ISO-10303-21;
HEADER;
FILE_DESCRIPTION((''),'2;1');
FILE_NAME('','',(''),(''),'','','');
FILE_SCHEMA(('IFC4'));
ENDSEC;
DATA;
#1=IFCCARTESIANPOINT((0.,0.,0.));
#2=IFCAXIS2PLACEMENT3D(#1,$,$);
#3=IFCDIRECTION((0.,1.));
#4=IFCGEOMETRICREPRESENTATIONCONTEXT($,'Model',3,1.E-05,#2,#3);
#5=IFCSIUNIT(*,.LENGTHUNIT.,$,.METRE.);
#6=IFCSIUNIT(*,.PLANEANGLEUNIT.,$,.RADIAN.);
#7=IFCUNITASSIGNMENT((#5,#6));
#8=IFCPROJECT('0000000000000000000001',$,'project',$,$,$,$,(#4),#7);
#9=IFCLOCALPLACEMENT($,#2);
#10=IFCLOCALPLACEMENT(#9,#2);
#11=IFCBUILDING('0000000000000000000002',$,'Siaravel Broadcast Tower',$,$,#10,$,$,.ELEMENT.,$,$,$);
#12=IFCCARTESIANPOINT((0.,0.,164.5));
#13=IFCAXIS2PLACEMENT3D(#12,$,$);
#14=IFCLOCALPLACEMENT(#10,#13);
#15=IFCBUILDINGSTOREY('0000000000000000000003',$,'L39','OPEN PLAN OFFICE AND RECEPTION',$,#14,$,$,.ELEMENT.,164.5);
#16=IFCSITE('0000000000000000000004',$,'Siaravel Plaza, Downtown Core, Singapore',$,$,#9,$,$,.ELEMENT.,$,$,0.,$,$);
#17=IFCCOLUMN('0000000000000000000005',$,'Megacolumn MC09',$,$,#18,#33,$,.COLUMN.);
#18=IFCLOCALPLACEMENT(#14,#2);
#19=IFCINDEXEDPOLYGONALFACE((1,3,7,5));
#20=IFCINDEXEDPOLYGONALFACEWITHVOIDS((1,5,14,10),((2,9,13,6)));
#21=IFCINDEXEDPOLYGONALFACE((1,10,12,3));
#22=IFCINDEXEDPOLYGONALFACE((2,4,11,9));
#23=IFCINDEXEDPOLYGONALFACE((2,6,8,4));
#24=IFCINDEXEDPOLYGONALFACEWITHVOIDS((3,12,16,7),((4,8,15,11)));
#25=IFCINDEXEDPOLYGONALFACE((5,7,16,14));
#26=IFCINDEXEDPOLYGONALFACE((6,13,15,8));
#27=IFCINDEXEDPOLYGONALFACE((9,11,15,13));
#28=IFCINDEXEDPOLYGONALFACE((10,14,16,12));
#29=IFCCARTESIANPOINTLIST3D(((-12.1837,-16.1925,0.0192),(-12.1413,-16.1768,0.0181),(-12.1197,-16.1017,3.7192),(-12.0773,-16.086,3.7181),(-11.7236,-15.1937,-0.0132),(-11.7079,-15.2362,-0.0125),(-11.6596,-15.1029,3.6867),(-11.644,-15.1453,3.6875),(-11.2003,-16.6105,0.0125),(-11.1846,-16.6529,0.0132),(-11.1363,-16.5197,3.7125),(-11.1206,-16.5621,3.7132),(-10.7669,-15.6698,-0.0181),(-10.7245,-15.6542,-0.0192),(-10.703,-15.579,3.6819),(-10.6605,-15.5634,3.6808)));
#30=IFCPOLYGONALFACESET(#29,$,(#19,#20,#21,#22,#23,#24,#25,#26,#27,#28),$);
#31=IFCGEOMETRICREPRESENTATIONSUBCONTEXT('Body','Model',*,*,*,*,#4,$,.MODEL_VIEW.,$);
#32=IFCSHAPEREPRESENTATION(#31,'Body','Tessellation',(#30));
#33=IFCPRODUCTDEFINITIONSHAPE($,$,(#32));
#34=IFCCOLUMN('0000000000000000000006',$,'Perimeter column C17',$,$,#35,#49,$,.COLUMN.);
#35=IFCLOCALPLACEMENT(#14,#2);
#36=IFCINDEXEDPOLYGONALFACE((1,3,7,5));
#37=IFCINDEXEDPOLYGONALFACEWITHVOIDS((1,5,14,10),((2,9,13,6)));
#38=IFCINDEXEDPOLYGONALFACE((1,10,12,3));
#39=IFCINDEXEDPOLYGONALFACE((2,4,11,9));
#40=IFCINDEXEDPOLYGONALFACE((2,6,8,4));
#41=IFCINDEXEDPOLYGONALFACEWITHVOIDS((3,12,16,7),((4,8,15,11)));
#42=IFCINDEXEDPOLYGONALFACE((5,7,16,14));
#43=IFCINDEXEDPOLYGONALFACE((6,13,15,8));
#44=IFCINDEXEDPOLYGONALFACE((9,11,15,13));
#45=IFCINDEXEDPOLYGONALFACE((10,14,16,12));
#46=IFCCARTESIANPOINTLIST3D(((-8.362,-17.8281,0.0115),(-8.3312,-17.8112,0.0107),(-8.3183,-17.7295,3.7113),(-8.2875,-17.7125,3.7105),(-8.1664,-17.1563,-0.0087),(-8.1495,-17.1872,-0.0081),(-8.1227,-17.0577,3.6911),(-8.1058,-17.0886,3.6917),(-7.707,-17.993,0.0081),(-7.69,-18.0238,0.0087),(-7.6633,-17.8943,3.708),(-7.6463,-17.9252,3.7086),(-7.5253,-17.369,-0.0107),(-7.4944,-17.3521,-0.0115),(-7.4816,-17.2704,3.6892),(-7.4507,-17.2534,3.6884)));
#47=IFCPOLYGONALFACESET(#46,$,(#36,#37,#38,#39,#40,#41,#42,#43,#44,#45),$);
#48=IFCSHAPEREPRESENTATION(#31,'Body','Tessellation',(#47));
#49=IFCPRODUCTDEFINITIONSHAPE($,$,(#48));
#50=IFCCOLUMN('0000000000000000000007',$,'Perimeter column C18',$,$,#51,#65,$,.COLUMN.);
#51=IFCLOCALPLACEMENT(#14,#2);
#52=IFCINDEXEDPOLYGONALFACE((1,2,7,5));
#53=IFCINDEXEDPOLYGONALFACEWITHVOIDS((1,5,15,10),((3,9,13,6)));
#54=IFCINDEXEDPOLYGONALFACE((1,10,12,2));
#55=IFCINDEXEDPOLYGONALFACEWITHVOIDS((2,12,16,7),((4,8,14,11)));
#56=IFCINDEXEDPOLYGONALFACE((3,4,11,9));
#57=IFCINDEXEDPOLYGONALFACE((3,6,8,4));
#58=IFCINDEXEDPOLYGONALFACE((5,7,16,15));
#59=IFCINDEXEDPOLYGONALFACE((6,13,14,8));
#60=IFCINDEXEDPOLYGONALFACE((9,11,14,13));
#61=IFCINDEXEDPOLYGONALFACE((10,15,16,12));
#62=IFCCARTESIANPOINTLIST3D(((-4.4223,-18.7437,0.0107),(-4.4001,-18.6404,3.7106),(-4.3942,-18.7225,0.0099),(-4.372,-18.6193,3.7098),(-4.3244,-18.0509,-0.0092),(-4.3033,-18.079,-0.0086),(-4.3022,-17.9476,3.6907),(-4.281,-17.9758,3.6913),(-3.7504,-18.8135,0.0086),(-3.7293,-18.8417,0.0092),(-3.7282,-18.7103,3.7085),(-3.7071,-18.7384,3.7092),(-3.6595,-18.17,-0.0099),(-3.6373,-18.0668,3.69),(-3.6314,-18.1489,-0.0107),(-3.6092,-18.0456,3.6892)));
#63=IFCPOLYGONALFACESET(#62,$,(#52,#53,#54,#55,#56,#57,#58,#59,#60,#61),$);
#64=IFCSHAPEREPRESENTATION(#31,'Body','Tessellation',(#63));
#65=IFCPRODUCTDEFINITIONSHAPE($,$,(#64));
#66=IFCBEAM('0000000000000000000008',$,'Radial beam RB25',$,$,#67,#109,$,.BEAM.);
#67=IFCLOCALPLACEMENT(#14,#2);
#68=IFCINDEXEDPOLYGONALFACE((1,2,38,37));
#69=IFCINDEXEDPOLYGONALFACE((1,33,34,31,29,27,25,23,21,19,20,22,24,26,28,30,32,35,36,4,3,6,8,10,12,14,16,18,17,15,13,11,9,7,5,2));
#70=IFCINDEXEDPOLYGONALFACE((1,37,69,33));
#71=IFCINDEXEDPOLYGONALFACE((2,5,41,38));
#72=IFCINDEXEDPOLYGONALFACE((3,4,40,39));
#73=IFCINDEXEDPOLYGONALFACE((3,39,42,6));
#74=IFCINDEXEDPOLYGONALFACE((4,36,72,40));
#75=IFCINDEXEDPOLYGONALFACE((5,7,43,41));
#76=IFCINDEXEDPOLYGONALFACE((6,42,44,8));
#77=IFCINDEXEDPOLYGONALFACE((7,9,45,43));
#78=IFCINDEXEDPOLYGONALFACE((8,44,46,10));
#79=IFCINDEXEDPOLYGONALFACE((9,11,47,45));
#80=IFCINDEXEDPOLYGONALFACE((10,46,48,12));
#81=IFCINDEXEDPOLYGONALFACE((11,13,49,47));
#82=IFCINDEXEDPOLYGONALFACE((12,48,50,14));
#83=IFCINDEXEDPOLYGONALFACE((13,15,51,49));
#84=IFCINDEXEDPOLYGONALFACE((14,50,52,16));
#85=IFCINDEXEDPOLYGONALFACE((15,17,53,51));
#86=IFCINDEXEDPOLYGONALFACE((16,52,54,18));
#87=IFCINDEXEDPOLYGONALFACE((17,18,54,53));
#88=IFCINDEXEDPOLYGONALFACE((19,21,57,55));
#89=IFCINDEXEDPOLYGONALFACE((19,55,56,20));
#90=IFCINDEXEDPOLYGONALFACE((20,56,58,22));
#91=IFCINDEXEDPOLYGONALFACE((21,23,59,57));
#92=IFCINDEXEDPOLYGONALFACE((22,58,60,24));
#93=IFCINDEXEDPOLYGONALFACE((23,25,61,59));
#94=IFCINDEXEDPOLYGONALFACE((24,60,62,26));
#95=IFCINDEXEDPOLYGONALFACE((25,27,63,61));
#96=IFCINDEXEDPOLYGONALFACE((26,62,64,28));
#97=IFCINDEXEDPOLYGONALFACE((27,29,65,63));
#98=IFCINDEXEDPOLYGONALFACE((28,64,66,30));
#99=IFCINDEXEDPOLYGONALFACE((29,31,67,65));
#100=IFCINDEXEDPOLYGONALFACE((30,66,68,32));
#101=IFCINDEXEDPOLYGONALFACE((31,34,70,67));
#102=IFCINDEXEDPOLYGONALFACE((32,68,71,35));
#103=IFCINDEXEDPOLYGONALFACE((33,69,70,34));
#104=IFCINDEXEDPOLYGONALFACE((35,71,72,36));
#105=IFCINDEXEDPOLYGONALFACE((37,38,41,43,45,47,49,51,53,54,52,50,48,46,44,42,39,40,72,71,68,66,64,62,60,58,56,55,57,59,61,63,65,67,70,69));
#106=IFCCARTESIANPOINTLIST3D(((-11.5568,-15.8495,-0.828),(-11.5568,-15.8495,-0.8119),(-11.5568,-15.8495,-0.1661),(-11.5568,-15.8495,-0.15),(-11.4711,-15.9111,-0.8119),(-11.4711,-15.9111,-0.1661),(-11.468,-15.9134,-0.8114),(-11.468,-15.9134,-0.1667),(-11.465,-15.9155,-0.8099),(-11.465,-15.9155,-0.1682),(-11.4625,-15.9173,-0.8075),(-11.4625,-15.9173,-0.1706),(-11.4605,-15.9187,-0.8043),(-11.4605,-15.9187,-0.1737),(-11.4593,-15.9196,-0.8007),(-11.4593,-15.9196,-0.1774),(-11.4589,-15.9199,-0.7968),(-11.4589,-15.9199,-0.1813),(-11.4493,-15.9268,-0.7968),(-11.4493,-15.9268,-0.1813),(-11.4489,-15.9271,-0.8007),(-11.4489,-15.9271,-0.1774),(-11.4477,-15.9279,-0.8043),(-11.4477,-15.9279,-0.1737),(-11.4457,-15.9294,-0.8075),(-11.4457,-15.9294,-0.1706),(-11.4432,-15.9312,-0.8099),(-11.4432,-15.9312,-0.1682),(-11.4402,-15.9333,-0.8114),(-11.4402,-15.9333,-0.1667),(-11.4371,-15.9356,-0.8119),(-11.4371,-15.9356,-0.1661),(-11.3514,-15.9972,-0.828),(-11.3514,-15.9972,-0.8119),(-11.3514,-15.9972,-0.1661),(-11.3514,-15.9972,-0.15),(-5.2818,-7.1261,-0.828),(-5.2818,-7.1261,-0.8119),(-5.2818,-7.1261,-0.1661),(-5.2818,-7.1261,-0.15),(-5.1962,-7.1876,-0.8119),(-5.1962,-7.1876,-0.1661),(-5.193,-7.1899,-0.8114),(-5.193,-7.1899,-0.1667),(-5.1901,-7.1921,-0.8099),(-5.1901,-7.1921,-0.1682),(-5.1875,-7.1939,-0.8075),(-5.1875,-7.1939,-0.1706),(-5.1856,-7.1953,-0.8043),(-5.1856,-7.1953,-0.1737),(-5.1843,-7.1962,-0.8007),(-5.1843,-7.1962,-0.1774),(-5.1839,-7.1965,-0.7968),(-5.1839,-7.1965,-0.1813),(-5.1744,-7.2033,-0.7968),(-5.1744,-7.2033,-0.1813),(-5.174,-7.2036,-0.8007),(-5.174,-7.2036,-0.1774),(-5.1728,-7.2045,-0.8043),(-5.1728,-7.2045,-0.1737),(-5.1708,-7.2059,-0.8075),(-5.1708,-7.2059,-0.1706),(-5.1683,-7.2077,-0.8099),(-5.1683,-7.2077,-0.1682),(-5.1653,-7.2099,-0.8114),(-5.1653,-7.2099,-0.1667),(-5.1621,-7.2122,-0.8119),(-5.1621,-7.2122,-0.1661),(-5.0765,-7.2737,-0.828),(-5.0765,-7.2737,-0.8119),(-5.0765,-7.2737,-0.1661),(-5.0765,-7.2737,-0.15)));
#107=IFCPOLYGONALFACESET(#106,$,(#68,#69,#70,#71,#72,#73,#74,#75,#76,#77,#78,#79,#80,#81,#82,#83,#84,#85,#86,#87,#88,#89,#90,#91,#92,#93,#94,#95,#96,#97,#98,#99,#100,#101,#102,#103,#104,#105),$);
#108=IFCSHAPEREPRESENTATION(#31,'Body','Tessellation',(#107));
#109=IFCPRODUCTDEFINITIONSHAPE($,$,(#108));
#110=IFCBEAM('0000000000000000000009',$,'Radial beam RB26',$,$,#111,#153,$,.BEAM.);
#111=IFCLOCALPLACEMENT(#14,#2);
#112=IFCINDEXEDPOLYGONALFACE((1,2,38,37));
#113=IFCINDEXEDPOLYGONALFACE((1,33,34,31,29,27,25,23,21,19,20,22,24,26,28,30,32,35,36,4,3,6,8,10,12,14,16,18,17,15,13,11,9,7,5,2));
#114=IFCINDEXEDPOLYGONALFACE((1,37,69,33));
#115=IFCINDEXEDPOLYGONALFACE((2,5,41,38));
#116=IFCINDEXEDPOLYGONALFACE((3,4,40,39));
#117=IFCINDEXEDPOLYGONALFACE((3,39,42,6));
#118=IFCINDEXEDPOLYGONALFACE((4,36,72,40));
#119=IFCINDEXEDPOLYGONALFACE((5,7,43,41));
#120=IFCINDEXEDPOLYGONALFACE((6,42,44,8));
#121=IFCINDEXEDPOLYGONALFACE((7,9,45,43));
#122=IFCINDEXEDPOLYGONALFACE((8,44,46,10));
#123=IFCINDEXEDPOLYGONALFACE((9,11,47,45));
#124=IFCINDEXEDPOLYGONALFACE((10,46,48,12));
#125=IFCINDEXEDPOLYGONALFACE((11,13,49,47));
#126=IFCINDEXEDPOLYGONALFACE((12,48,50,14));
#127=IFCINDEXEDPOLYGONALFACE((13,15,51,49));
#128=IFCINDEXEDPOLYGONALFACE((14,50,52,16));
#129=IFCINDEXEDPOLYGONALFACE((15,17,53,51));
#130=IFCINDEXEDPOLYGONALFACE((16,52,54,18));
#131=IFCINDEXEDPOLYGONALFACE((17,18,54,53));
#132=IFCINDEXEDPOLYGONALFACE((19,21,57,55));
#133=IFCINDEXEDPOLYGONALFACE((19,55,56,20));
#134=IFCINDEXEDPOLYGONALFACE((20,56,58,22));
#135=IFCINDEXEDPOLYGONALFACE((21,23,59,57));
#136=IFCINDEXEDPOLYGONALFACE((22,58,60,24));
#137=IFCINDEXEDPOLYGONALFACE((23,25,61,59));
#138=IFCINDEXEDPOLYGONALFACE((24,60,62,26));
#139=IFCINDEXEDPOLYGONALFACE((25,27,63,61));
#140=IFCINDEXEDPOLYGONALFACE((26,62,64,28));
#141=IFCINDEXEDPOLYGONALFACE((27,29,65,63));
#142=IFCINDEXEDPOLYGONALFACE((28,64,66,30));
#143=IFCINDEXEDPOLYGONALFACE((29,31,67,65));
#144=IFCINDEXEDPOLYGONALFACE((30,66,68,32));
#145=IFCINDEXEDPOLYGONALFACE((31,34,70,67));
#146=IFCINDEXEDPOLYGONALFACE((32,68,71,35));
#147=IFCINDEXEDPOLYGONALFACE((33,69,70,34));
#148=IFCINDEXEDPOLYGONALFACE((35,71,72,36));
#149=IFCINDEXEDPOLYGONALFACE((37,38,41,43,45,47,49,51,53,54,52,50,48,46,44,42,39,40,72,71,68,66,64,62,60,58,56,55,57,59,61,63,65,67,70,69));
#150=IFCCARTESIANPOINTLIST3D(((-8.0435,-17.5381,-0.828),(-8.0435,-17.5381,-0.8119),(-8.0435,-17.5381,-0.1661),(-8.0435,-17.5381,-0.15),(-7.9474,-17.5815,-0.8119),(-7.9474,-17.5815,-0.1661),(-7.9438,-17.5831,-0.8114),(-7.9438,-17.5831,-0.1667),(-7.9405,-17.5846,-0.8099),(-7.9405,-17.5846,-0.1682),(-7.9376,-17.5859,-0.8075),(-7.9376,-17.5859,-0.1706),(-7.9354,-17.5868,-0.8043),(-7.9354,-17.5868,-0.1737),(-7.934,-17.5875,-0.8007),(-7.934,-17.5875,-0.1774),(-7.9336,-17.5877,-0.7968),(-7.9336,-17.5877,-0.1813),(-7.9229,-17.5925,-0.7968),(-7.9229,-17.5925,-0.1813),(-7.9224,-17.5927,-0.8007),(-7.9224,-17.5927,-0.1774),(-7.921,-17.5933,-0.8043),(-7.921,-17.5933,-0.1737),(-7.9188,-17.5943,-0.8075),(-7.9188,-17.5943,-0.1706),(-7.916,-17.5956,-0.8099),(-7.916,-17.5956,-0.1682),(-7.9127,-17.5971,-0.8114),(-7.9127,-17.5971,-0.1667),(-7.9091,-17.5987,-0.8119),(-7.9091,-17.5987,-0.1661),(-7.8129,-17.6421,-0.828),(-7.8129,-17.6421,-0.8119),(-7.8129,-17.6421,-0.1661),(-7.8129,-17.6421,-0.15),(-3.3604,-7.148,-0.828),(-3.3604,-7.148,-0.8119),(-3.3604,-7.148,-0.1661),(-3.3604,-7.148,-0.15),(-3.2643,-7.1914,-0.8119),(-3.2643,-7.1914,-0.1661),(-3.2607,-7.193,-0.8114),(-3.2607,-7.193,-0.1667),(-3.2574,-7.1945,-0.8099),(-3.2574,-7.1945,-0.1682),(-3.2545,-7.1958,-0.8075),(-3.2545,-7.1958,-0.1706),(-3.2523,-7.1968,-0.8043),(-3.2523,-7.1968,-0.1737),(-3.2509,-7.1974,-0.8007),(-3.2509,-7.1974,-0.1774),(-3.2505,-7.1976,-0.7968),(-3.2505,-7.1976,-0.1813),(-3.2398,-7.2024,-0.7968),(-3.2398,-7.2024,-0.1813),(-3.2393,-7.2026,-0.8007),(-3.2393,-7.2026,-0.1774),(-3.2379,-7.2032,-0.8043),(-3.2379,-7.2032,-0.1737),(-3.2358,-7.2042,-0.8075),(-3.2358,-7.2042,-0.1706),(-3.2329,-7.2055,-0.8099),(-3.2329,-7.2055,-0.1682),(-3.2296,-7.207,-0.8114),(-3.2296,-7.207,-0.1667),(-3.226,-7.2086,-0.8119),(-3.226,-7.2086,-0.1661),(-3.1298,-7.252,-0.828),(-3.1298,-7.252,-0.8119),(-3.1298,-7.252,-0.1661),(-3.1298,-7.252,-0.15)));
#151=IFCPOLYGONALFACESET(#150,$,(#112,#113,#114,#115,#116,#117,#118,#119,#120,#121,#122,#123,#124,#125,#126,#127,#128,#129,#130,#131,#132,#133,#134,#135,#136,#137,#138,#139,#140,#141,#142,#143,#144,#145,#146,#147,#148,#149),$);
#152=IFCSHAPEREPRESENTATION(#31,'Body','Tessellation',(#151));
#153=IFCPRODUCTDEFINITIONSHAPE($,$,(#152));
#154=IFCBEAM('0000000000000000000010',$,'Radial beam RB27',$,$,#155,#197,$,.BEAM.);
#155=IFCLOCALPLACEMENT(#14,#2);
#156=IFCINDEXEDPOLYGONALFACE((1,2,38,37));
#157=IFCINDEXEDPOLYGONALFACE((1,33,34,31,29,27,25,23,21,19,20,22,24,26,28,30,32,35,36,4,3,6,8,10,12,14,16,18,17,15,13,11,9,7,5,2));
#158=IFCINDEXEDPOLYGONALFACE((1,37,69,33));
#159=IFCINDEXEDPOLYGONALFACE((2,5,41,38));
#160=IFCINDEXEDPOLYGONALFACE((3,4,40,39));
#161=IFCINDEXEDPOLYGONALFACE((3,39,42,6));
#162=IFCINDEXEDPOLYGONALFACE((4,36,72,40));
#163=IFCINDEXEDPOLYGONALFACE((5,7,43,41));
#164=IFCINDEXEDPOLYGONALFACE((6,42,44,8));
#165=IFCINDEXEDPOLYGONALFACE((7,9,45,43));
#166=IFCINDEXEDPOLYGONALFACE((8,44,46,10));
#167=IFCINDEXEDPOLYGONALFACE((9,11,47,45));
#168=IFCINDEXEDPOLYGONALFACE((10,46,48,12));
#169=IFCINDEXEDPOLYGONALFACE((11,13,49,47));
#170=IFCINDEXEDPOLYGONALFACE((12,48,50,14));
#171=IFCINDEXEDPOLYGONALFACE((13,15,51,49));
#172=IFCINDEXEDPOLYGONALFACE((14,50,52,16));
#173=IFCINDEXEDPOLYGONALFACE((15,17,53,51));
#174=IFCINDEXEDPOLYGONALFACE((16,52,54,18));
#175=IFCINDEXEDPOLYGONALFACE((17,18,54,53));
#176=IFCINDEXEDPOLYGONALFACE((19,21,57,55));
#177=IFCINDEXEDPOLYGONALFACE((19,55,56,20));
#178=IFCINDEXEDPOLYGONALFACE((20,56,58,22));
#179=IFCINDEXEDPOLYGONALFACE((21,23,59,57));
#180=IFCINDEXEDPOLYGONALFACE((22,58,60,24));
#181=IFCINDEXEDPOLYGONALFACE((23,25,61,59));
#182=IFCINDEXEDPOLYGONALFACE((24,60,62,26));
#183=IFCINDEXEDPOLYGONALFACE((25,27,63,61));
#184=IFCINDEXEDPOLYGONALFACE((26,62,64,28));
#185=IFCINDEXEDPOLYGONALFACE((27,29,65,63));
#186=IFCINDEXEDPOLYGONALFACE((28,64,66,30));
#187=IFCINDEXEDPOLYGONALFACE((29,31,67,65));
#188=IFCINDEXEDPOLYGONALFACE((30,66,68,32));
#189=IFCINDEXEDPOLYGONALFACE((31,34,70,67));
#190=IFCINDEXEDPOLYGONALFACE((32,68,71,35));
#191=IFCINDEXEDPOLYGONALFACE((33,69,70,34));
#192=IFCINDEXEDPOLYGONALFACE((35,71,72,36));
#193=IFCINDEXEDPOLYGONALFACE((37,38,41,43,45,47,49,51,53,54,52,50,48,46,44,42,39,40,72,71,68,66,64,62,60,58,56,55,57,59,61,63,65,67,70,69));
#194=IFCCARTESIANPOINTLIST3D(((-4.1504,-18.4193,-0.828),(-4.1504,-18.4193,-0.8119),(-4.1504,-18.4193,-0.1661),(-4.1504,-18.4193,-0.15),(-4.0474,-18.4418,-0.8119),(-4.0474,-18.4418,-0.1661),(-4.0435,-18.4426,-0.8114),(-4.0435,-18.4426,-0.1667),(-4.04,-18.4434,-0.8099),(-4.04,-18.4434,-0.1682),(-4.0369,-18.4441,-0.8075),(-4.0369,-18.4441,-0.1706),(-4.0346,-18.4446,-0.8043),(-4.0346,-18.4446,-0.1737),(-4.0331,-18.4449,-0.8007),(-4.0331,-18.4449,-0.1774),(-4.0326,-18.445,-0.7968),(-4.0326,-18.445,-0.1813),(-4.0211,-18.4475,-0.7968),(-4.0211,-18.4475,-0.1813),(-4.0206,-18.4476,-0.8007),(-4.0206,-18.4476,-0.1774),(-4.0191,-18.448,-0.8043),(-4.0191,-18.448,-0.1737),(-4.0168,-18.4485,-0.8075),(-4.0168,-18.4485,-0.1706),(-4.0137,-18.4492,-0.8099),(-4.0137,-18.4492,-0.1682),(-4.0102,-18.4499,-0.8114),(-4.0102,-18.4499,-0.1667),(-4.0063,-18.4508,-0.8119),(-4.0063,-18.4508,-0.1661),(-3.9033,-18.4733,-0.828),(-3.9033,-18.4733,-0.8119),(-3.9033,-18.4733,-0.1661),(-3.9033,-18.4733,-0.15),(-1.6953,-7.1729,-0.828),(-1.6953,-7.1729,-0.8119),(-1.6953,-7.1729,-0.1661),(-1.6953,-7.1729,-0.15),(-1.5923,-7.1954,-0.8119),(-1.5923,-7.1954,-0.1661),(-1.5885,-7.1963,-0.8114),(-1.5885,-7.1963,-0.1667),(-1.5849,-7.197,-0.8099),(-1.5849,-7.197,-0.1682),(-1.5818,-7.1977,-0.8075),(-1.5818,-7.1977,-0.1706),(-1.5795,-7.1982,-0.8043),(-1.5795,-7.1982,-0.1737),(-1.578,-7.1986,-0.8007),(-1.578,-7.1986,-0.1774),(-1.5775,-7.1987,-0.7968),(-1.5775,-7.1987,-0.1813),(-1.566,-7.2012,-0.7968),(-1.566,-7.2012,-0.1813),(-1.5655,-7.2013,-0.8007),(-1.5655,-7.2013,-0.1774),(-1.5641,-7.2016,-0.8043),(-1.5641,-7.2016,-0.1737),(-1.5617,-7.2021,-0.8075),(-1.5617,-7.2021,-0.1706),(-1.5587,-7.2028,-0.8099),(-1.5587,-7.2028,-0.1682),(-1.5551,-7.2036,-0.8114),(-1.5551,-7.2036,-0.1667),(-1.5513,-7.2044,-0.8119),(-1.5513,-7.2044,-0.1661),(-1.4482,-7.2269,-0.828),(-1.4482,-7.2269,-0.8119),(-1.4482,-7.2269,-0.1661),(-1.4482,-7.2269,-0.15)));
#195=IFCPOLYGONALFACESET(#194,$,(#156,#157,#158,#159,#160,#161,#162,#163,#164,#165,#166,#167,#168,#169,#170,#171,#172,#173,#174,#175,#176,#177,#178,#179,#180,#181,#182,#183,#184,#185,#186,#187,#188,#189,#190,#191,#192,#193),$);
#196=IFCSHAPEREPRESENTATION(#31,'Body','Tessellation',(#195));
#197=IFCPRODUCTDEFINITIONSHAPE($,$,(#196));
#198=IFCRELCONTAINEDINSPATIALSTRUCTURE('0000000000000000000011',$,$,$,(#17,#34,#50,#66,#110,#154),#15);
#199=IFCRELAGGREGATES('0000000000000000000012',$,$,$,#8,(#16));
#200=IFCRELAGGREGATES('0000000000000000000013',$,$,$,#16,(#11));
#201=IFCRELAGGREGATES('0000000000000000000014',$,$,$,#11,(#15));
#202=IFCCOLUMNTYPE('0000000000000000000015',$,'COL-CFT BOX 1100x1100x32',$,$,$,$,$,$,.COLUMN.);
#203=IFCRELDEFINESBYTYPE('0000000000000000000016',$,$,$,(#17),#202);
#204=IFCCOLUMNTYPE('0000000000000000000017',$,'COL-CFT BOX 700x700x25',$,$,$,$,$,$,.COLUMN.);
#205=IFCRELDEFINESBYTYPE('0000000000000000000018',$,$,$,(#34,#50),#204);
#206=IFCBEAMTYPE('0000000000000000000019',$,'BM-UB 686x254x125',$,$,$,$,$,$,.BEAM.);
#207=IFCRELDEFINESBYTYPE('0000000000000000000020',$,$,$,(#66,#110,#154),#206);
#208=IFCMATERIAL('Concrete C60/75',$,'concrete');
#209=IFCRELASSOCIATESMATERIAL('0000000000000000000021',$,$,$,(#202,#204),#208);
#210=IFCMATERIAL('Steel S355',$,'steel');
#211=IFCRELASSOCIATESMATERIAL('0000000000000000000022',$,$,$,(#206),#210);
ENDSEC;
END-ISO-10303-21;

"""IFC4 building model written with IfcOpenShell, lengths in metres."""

from ifc_helpers import new_model, si_unit, direction, frame, origin, origin_2d, place, context, subcontext, project, spatial, hollow_rectangle, i_section, extrude, material, material_profile, profile_set, type_object, element, save


model = new_model("IFC4")

# Units and contexts
model_context = context("Model", 3, precision=1e-05, world=origin(), true_north=direction((0.0, 1.0)))
body_context = subcontext(model_context, "Body", "Model", "MODEL_VIEW")
ifc_project = project(units=[si_unit("LENGTHUNIT", "METRE"), si_unit("PLANEANGLEUNIT", "RADIAN")], contexts=[model_context])

# Site, building, storey
site_placement = place(None, origin())
site = spatial("IfcSite", under=ifc_project, at=site_placement, Name="Siaravel Plaza, Downtown Core, Singapore", CompositionType="ELEMENT", RefElevation=0.0)
building_placement = place(site_placement, origin())
building = spatial("IfcBuilding", under=site, at=building_placement, Name="Siaravel Broadcast Tower", CompositionType="ELEMENT")
storey_placement = place(building_placement, frame((0.0, 0.0, 164.5)))
storey = spatial("IfcBuildingStorey", under=building, at=storey_placement, Name="L39", Description="OPEN PLAN OFFICE AND RECEPTION", CompositionType="ELEMENT", Elevation=164.5)

# Columns
ifc_material_1 = material(Name="Concrete C60/75", Category="concrete")
ifc_material_profile_1 = material_profile(ifc_material_1, hollow_rectangle(XDim=1.1001, YDim=1.1001, WallThickness=0.032, at=origin_2d()))
ifc_profile_set_1 = profile_set([ifc_material_profile_1], Name="Concrete C60/75")
column_type_1 = type_object("IfcColumnType", Name="COL-CFT BOX 1100x1100x32", PredefinedType="COLUMN", material=ifc_profile_set_1)
column_placement = place(storey_placement, frame((-11.4541, -15.9233, 0.0), z_axis=(0.01728, 0.024535, 0.99955), x_axis=(-0.908176, 0.418553, 0.005427)))
element("IfcColumn", 1, at=column_placement, inside=storey, type_object=column_type_1, Name="Megacolumn MC09", PredefinedType="COLUMN", context=body_context, shape_type="SweptSolid", body=[
    extrude(hollow_rectangle(XDim=1.1001, YDim=1.1001, WallThickness=0.032, at=origin_2d()), origin(), (0.0, 0.0, 1.0), 3.7017),
])
ifc_material_profile_2 = material_profile(ifc_material_1, hollow_rectangle(XDim=0.7, YDim=0.7, WallThickness=0.0249, at=origin_2d()))
ifc_profile_set_2 = profile_set([ifc_material_profile_2], Name="Concrete C60/75")
column_type_2 = type_object("IfcColumnType", Name="COL-CFT BOX 700x700x25", PredefinedType="COLUMN", material=ifc_profile_set_2)
for number, where, z_axis, x_axis, name in (
    (2, (-7.9282, -17.5901, 0.0), (0.011806, 0.026647, 0.999575), (-0.960097, 0.279641, 0.003885), "Perimeter column C17"),
    (3, (-4.0269, -18.4463, 0.0), (0.006002, 0.0279, 0.999593), (-0.990152, 0.139979, 0.002038), "Perimeter column C18"),
):
    element("IfcColumn", number, at=place(storey_placement, frame(where, z_axis=z_axis, x_axis=x_axis)), inside=storey, type_object=column_type_2, Name=name, PredefinedType="COLUMN", context=body_context, shape_type="SweptSolid", body=[
        extrude(hollow_rectangle(XDim=0.7, YDim=0.7, WallThickness=0.0249, at=origin_2d()), origin(), (0.0, 0.0, 1.0), 3.7014),
    ])

# Beams
ifc_material_2 = material(Name="Steel S355", Category="steel")
ifc_material_profile_3 = material_profile(ifc_material_2, i_section(OverallWidth=0.2529, OverallDepth=0.678, WebThickness=0.0117, FlangeThickness=0.0161, FilletRadius=0.0151, at=origin_2d()))
ifc_profile_set_3 = profile_set([ifc_material_profile_3], Name="Steel S355")
beam_type = type_object("IfcBeamType", Name="BM-UB 686x254x125", PredefinedType="BEAM", material=ifc_profile_set_3)
beam_1_placement = place(storey_placement, frame((-11.4541, -15.9233, -0.489), z_axis=(0.583941, 0.811796, 0.0), x_axis=(-0.811796, 0.583941, 0.0)))
element("IfcBeam", 4, at=beam_1_placement, inside=storey, type_object=beam_type, Name="Radial beam RB25", PredefinedType="BEAM", context=body_context, shape_type="SweptSolid", body=[
    extrude(i_section(OverallWidth=0.2529, OverallDepth=0.678, WebThickness=0.0117, FlangeThickness=0.0161, FilletRadius=0.0151, at=origin_2d()), origin(), (0.0, 0.0, 1.0), 10.7458),
])
beam_2_placement = place(storey_placement, frame((-7.9282, -17.5901, -0.489), z_axis=(0.410915, 0.911674, 0.0), x_axis=(-0.911674, 0.410915, 0.0)))
element("IfcBeam", 5, at=beam_2_placement, inside=storey, type_object=beam_type, Name="Radial beam RB26", PredefinedType="BEAM", context=body_context, shape_type="SweptSolid", body=[
    extrude(i_section(OverallWidth=0.2529, OverallDepth=0.678, WebThickness=0.0117, FlangeThickness=0.0161, FilletRadius=0.0151, at=origin_2d()), origin(), (0.0, 0.0, 1.0), 11.3967),
])
beam_3_placement = place(storey_placement, frame((-4.0269, -18.4463, -0.489), z_axis=(0.213278, 0.976992, 0.0), x_axis=(-0.976992, 0.213278, 0.0)))
element("IfcBeam", 6, at=beam_3_placement, inside=storey, type_object=beam_type, Name="Radial beam RB27", PredefinedType="BEAM", context=body_context, shape_type="SweptSolid", body=[
    extrude(i_section(OverallWidth=0.2529, OverallDepth=0.678, WebThickness=0.0117, FlangeThickness=0.0161, FilletRadius=0.0151, at=origin_2d()), origin(), (0.0, 0.0, 1.0), 11.5112),
])

save(model, "model.ifc")
